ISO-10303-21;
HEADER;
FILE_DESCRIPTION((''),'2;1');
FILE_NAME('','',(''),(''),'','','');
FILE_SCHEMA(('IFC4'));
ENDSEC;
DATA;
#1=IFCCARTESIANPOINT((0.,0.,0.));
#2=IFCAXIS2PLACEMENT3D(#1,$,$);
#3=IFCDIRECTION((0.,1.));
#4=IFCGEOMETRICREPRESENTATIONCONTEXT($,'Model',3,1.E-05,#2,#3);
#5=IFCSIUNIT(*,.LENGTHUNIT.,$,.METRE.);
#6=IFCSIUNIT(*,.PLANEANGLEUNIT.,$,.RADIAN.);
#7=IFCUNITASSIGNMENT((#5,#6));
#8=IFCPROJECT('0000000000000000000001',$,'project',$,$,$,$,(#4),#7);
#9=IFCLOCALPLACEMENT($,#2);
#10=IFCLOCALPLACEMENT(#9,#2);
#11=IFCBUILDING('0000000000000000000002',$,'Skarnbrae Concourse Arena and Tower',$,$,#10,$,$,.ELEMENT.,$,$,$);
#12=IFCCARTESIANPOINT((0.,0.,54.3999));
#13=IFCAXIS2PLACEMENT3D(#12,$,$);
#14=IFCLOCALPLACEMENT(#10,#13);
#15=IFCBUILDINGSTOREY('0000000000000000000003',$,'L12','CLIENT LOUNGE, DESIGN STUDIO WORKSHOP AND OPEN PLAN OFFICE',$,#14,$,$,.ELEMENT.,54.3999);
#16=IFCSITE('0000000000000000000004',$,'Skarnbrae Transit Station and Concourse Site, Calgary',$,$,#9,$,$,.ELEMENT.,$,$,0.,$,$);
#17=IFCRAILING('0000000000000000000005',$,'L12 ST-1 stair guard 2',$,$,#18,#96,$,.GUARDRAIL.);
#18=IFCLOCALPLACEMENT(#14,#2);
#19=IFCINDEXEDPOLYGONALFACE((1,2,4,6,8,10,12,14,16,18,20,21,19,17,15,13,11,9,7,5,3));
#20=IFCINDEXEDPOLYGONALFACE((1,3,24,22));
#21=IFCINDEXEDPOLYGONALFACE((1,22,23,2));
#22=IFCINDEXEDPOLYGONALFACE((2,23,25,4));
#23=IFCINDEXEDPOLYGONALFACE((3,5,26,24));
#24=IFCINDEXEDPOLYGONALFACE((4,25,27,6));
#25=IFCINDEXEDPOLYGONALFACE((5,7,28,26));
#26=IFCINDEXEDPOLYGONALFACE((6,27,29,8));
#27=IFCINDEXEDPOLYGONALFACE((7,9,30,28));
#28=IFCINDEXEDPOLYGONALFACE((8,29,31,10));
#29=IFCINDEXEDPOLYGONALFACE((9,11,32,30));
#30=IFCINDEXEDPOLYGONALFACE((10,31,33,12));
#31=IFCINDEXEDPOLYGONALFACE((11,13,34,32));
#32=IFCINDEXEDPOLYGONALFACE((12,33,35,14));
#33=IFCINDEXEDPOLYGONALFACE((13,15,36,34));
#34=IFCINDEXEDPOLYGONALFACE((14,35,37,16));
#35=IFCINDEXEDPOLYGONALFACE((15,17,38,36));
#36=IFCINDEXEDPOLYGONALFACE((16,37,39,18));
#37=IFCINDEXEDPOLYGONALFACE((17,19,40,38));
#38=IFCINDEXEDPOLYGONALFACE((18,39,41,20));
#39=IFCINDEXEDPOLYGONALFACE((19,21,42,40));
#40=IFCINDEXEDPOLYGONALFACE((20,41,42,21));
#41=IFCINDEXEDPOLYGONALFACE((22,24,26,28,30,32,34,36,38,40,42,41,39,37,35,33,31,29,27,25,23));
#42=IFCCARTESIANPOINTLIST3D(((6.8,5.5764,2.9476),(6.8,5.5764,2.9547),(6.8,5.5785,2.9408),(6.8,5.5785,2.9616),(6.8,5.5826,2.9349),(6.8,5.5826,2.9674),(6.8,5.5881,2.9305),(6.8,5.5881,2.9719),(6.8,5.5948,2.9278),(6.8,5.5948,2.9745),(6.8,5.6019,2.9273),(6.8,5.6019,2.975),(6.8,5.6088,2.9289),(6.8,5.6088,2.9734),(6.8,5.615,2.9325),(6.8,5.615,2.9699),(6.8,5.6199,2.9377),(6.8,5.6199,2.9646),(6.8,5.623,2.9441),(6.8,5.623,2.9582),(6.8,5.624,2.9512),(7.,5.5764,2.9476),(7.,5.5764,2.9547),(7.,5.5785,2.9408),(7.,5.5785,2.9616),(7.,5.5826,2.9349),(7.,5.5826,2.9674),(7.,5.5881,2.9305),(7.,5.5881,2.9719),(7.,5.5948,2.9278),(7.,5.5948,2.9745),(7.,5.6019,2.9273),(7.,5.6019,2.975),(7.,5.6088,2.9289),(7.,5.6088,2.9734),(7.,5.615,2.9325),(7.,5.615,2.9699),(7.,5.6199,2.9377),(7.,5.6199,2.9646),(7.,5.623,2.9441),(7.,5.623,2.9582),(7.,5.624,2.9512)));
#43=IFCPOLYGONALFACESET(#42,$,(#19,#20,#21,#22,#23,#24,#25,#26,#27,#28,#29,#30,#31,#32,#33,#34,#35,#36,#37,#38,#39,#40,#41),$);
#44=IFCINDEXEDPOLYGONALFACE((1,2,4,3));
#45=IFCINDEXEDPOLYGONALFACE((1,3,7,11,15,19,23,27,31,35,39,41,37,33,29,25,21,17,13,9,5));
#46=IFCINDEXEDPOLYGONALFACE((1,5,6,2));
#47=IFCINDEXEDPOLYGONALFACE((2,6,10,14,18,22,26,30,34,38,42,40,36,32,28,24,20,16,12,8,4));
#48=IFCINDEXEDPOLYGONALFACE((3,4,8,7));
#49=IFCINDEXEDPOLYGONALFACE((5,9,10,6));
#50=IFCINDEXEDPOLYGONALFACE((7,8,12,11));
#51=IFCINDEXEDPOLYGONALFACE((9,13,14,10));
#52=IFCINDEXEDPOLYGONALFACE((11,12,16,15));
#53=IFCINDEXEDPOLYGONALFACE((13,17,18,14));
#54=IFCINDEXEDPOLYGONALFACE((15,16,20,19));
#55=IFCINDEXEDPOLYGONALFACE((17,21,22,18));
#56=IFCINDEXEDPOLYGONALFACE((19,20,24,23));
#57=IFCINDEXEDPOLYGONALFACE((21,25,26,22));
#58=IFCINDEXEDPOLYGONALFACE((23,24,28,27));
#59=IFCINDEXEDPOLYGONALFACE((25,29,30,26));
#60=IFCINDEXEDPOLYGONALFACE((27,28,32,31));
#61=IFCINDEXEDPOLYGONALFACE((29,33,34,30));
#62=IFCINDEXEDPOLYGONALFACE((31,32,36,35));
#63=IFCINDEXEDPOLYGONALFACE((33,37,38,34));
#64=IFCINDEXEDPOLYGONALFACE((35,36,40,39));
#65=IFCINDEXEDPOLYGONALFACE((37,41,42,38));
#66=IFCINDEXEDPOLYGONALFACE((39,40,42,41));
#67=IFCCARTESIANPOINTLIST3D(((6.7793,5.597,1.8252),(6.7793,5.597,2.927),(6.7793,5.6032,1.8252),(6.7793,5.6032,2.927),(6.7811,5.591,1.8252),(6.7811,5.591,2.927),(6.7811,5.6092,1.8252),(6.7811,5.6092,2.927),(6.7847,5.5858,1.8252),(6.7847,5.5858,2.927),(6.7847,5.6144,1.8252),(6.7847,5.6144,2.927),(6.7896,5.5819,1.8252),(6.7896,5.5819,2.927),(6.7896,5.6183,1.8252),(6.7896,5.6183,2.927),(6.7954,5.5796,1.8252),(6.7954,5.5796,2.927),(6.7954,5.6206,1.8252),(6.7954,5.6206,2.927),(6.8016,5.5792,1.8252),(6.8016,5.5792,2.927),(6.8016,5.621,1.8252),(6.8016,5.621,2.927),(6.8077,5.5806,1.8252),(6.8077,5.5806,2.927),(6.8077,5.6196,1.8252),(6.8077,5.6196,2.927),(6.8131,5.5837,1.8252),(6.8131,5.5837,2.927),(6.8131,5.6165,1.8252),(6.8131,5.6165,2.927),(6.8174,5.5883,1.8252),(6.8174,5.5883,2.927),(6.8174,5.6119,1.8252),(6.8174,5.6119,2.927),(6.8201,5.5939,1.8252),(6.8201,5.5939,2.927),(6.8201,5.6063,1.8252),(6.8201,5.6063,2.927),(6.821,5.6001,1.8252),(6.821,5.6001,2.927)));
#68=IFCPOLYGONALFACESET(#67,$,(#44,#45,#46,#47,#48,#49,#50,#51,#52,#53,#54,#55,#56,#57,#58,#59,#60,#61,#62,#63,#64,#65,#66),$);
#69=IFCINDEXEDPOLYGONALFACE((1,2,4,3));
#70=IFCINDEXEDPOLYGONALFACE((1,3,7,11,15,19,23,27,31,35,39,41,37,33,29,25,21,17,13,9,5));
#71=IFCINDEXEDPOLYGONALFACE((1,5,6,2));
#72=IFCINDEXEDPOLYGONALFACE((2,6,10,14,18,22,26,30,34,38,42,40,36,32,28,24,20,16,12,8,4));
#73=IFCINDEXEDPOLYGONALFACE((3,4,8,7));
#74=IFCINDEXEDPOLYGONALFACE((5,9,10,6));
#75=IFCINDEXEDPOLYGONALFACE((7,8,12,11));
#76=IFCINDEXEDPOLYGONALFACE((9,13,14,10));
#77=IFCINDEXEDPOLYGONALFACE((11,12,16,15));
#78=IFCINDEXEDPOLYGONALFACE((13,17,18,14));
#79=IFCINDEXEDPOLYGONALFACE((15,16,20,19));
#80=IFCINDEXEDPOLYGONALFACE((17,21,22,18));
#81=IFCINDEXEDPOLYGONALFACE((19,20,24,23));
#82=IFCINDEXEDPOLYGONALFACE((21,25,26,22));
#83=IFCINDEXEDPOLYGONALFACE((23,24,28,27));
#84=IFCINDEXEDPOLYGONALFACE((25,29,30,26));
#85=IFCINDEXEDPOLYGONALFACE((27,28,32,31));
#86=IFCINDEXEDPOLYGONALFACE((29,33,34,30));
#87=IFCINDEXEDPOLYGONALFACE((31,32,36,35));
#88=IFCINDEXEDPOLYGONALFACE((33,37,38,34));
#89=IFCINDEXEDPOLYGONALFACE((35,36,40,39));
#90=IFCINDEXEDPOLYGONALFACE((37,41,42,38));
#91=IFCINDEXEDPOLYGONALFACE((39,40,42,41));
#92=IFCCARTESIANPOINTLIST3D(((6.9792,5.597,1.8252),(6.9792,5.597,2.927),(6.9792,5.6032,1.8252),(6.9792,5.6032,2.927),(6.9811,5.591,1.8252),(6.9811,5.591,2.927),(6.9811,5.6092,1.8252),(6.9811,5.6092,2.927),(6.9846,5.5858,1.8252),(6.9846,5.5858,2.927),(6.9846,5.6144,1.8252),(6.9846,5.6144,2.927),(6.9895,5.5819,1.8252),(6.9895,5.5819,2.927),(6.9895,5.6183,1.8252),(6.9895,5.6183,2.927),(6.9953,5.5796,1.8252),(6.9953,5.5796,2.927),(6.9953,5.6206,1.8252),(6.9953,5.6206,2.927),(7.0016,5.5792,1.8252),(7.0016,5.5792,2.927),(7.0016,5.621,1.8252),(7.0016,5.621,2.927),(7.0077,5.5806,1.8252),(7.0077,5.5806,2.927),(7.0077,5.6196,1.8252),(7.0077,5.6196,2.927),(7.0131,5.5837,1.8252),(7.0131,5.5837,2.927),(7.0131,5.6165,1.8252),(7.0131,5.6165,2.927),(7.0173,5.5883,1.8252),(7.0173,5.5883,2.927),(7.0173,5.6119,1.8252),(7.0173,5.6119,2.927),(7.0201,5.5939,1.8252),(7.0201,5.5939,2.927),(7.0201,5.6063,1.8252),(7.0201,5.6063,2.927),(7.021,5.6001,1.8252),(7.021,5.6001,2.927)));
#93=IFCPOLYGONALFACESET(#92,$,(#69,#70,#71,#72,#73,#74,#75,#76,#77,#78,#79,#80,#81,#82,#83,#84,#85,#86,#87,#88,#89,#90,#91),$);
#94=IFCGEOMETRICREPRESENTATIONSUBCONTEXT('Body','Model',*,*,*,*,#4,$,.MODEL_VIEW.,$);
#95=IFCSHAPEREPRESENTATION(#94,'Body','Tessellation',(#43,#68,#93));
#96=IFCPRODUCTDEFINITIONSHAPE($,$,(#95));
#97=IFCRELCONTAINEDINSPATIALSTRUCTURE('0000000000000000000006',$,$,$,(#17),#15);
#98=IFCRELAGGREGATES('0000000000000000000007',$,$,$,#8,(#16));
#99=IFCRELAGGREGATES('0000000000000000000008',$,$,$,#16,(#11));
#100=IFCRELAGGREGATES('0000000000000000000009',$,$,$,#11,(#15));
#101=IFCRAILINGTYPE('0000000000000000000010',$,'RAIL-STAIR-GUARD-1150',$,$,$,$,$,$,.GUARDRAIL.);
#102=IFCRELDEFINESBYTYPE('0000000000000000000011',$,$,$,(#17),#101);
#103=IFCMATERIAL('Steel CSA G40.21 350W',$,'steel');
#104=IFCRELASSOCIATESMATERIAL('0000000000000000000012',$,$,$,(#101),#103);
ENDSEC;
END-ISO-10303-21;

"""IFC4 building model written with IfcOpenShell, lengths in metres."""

from ifc_helpers import new_model, si_unit, direction, frame, origin, origin_2d, place, context, subcontext, project, spatial, circle, extrude, material, type_object, element, save


model = new_model("IFC4")

# Units and contexts
model_context = context("Model", 3, precision=1e-05, world=origin(), true_north=direction((0.0, 1.0)))
body_context = subcontext(model_context, "Body", "Model", "MODEL_VIEW")
ifc_project = project(units=[si_unit("LENGTHUNIT", "METRE"), si_unit("PLANEANGLEUNIT", "RADIAN")], contexts=[model_context])

# Site, building, storey
site_placement = place(None, origin())
site = spatial("IfcSite", under=ifc_project, at=site_placement, Name="Skarnbrae Transit Station and Concourse Site, Calgary", CompositionType="ELEMENT", RefElevation=0.0)
building_placement = place(site_placement, origin())
building = spatial("IfcBuilding", under=site, at=building_placement, Name="Skarnbrae Concourse Arena and Tower", CompositionType="ELEMENT")
storey_placement = place(building_placement, frame((0.0, 0.0, 54.3999)))
storey = spatial("IfcBuildingStorey", under=building, at=storey_placement, Name="L12", Description="CLIENT LOUNGE, DESIGN STUDIO WORKSHOP AND OPEN PLAN OFFICE", CompositionType="ELEMENT", Elevation=54.3999)

# Shared definitions
ifc_material_1 = material(Name="Steel CSA G40.21 350W", Category="steel")

# Railing
railing_type_1 = type_object("IfcRailingType", Name="RAIL-STAIR-GUARD-1150", PredefinedType="GUARDRAIL", material=ifc_material_1)
railing_1_placement = place(storey_placement, frame((6.8, 5.6001, 1.8252)))
element("IfcRailing", 1, at=railing_1_placement, inside=storey, type_object=railing_type_1, Name="L12 ST-1 stair guard 2", PredefinedType="GUARDRAIL", context=body_context, shape_type="SweptSolid", body=[
    extrude(circle(Radius=0.0239, at=origin_2d()), frame((0.0, 0.0, 1.126), z_axis=(1.0, 0.0, 0.0), x_axis=(0.0, 1.0, 0.0)), (0.0, 0.0, 1.0), 0.2),
    extrude(circle(Radius=0.021, at=origin_2d()), origin(), (0.0, 0.0, 1.0), 1.1018),
    extrude(circle(Radius=0.021, at=origin_2d()), frame((0.2, 0.0, 0.0)), (0.0, 0.0, 1.0), 1.1018),
])

save(model, "model.ifc")
